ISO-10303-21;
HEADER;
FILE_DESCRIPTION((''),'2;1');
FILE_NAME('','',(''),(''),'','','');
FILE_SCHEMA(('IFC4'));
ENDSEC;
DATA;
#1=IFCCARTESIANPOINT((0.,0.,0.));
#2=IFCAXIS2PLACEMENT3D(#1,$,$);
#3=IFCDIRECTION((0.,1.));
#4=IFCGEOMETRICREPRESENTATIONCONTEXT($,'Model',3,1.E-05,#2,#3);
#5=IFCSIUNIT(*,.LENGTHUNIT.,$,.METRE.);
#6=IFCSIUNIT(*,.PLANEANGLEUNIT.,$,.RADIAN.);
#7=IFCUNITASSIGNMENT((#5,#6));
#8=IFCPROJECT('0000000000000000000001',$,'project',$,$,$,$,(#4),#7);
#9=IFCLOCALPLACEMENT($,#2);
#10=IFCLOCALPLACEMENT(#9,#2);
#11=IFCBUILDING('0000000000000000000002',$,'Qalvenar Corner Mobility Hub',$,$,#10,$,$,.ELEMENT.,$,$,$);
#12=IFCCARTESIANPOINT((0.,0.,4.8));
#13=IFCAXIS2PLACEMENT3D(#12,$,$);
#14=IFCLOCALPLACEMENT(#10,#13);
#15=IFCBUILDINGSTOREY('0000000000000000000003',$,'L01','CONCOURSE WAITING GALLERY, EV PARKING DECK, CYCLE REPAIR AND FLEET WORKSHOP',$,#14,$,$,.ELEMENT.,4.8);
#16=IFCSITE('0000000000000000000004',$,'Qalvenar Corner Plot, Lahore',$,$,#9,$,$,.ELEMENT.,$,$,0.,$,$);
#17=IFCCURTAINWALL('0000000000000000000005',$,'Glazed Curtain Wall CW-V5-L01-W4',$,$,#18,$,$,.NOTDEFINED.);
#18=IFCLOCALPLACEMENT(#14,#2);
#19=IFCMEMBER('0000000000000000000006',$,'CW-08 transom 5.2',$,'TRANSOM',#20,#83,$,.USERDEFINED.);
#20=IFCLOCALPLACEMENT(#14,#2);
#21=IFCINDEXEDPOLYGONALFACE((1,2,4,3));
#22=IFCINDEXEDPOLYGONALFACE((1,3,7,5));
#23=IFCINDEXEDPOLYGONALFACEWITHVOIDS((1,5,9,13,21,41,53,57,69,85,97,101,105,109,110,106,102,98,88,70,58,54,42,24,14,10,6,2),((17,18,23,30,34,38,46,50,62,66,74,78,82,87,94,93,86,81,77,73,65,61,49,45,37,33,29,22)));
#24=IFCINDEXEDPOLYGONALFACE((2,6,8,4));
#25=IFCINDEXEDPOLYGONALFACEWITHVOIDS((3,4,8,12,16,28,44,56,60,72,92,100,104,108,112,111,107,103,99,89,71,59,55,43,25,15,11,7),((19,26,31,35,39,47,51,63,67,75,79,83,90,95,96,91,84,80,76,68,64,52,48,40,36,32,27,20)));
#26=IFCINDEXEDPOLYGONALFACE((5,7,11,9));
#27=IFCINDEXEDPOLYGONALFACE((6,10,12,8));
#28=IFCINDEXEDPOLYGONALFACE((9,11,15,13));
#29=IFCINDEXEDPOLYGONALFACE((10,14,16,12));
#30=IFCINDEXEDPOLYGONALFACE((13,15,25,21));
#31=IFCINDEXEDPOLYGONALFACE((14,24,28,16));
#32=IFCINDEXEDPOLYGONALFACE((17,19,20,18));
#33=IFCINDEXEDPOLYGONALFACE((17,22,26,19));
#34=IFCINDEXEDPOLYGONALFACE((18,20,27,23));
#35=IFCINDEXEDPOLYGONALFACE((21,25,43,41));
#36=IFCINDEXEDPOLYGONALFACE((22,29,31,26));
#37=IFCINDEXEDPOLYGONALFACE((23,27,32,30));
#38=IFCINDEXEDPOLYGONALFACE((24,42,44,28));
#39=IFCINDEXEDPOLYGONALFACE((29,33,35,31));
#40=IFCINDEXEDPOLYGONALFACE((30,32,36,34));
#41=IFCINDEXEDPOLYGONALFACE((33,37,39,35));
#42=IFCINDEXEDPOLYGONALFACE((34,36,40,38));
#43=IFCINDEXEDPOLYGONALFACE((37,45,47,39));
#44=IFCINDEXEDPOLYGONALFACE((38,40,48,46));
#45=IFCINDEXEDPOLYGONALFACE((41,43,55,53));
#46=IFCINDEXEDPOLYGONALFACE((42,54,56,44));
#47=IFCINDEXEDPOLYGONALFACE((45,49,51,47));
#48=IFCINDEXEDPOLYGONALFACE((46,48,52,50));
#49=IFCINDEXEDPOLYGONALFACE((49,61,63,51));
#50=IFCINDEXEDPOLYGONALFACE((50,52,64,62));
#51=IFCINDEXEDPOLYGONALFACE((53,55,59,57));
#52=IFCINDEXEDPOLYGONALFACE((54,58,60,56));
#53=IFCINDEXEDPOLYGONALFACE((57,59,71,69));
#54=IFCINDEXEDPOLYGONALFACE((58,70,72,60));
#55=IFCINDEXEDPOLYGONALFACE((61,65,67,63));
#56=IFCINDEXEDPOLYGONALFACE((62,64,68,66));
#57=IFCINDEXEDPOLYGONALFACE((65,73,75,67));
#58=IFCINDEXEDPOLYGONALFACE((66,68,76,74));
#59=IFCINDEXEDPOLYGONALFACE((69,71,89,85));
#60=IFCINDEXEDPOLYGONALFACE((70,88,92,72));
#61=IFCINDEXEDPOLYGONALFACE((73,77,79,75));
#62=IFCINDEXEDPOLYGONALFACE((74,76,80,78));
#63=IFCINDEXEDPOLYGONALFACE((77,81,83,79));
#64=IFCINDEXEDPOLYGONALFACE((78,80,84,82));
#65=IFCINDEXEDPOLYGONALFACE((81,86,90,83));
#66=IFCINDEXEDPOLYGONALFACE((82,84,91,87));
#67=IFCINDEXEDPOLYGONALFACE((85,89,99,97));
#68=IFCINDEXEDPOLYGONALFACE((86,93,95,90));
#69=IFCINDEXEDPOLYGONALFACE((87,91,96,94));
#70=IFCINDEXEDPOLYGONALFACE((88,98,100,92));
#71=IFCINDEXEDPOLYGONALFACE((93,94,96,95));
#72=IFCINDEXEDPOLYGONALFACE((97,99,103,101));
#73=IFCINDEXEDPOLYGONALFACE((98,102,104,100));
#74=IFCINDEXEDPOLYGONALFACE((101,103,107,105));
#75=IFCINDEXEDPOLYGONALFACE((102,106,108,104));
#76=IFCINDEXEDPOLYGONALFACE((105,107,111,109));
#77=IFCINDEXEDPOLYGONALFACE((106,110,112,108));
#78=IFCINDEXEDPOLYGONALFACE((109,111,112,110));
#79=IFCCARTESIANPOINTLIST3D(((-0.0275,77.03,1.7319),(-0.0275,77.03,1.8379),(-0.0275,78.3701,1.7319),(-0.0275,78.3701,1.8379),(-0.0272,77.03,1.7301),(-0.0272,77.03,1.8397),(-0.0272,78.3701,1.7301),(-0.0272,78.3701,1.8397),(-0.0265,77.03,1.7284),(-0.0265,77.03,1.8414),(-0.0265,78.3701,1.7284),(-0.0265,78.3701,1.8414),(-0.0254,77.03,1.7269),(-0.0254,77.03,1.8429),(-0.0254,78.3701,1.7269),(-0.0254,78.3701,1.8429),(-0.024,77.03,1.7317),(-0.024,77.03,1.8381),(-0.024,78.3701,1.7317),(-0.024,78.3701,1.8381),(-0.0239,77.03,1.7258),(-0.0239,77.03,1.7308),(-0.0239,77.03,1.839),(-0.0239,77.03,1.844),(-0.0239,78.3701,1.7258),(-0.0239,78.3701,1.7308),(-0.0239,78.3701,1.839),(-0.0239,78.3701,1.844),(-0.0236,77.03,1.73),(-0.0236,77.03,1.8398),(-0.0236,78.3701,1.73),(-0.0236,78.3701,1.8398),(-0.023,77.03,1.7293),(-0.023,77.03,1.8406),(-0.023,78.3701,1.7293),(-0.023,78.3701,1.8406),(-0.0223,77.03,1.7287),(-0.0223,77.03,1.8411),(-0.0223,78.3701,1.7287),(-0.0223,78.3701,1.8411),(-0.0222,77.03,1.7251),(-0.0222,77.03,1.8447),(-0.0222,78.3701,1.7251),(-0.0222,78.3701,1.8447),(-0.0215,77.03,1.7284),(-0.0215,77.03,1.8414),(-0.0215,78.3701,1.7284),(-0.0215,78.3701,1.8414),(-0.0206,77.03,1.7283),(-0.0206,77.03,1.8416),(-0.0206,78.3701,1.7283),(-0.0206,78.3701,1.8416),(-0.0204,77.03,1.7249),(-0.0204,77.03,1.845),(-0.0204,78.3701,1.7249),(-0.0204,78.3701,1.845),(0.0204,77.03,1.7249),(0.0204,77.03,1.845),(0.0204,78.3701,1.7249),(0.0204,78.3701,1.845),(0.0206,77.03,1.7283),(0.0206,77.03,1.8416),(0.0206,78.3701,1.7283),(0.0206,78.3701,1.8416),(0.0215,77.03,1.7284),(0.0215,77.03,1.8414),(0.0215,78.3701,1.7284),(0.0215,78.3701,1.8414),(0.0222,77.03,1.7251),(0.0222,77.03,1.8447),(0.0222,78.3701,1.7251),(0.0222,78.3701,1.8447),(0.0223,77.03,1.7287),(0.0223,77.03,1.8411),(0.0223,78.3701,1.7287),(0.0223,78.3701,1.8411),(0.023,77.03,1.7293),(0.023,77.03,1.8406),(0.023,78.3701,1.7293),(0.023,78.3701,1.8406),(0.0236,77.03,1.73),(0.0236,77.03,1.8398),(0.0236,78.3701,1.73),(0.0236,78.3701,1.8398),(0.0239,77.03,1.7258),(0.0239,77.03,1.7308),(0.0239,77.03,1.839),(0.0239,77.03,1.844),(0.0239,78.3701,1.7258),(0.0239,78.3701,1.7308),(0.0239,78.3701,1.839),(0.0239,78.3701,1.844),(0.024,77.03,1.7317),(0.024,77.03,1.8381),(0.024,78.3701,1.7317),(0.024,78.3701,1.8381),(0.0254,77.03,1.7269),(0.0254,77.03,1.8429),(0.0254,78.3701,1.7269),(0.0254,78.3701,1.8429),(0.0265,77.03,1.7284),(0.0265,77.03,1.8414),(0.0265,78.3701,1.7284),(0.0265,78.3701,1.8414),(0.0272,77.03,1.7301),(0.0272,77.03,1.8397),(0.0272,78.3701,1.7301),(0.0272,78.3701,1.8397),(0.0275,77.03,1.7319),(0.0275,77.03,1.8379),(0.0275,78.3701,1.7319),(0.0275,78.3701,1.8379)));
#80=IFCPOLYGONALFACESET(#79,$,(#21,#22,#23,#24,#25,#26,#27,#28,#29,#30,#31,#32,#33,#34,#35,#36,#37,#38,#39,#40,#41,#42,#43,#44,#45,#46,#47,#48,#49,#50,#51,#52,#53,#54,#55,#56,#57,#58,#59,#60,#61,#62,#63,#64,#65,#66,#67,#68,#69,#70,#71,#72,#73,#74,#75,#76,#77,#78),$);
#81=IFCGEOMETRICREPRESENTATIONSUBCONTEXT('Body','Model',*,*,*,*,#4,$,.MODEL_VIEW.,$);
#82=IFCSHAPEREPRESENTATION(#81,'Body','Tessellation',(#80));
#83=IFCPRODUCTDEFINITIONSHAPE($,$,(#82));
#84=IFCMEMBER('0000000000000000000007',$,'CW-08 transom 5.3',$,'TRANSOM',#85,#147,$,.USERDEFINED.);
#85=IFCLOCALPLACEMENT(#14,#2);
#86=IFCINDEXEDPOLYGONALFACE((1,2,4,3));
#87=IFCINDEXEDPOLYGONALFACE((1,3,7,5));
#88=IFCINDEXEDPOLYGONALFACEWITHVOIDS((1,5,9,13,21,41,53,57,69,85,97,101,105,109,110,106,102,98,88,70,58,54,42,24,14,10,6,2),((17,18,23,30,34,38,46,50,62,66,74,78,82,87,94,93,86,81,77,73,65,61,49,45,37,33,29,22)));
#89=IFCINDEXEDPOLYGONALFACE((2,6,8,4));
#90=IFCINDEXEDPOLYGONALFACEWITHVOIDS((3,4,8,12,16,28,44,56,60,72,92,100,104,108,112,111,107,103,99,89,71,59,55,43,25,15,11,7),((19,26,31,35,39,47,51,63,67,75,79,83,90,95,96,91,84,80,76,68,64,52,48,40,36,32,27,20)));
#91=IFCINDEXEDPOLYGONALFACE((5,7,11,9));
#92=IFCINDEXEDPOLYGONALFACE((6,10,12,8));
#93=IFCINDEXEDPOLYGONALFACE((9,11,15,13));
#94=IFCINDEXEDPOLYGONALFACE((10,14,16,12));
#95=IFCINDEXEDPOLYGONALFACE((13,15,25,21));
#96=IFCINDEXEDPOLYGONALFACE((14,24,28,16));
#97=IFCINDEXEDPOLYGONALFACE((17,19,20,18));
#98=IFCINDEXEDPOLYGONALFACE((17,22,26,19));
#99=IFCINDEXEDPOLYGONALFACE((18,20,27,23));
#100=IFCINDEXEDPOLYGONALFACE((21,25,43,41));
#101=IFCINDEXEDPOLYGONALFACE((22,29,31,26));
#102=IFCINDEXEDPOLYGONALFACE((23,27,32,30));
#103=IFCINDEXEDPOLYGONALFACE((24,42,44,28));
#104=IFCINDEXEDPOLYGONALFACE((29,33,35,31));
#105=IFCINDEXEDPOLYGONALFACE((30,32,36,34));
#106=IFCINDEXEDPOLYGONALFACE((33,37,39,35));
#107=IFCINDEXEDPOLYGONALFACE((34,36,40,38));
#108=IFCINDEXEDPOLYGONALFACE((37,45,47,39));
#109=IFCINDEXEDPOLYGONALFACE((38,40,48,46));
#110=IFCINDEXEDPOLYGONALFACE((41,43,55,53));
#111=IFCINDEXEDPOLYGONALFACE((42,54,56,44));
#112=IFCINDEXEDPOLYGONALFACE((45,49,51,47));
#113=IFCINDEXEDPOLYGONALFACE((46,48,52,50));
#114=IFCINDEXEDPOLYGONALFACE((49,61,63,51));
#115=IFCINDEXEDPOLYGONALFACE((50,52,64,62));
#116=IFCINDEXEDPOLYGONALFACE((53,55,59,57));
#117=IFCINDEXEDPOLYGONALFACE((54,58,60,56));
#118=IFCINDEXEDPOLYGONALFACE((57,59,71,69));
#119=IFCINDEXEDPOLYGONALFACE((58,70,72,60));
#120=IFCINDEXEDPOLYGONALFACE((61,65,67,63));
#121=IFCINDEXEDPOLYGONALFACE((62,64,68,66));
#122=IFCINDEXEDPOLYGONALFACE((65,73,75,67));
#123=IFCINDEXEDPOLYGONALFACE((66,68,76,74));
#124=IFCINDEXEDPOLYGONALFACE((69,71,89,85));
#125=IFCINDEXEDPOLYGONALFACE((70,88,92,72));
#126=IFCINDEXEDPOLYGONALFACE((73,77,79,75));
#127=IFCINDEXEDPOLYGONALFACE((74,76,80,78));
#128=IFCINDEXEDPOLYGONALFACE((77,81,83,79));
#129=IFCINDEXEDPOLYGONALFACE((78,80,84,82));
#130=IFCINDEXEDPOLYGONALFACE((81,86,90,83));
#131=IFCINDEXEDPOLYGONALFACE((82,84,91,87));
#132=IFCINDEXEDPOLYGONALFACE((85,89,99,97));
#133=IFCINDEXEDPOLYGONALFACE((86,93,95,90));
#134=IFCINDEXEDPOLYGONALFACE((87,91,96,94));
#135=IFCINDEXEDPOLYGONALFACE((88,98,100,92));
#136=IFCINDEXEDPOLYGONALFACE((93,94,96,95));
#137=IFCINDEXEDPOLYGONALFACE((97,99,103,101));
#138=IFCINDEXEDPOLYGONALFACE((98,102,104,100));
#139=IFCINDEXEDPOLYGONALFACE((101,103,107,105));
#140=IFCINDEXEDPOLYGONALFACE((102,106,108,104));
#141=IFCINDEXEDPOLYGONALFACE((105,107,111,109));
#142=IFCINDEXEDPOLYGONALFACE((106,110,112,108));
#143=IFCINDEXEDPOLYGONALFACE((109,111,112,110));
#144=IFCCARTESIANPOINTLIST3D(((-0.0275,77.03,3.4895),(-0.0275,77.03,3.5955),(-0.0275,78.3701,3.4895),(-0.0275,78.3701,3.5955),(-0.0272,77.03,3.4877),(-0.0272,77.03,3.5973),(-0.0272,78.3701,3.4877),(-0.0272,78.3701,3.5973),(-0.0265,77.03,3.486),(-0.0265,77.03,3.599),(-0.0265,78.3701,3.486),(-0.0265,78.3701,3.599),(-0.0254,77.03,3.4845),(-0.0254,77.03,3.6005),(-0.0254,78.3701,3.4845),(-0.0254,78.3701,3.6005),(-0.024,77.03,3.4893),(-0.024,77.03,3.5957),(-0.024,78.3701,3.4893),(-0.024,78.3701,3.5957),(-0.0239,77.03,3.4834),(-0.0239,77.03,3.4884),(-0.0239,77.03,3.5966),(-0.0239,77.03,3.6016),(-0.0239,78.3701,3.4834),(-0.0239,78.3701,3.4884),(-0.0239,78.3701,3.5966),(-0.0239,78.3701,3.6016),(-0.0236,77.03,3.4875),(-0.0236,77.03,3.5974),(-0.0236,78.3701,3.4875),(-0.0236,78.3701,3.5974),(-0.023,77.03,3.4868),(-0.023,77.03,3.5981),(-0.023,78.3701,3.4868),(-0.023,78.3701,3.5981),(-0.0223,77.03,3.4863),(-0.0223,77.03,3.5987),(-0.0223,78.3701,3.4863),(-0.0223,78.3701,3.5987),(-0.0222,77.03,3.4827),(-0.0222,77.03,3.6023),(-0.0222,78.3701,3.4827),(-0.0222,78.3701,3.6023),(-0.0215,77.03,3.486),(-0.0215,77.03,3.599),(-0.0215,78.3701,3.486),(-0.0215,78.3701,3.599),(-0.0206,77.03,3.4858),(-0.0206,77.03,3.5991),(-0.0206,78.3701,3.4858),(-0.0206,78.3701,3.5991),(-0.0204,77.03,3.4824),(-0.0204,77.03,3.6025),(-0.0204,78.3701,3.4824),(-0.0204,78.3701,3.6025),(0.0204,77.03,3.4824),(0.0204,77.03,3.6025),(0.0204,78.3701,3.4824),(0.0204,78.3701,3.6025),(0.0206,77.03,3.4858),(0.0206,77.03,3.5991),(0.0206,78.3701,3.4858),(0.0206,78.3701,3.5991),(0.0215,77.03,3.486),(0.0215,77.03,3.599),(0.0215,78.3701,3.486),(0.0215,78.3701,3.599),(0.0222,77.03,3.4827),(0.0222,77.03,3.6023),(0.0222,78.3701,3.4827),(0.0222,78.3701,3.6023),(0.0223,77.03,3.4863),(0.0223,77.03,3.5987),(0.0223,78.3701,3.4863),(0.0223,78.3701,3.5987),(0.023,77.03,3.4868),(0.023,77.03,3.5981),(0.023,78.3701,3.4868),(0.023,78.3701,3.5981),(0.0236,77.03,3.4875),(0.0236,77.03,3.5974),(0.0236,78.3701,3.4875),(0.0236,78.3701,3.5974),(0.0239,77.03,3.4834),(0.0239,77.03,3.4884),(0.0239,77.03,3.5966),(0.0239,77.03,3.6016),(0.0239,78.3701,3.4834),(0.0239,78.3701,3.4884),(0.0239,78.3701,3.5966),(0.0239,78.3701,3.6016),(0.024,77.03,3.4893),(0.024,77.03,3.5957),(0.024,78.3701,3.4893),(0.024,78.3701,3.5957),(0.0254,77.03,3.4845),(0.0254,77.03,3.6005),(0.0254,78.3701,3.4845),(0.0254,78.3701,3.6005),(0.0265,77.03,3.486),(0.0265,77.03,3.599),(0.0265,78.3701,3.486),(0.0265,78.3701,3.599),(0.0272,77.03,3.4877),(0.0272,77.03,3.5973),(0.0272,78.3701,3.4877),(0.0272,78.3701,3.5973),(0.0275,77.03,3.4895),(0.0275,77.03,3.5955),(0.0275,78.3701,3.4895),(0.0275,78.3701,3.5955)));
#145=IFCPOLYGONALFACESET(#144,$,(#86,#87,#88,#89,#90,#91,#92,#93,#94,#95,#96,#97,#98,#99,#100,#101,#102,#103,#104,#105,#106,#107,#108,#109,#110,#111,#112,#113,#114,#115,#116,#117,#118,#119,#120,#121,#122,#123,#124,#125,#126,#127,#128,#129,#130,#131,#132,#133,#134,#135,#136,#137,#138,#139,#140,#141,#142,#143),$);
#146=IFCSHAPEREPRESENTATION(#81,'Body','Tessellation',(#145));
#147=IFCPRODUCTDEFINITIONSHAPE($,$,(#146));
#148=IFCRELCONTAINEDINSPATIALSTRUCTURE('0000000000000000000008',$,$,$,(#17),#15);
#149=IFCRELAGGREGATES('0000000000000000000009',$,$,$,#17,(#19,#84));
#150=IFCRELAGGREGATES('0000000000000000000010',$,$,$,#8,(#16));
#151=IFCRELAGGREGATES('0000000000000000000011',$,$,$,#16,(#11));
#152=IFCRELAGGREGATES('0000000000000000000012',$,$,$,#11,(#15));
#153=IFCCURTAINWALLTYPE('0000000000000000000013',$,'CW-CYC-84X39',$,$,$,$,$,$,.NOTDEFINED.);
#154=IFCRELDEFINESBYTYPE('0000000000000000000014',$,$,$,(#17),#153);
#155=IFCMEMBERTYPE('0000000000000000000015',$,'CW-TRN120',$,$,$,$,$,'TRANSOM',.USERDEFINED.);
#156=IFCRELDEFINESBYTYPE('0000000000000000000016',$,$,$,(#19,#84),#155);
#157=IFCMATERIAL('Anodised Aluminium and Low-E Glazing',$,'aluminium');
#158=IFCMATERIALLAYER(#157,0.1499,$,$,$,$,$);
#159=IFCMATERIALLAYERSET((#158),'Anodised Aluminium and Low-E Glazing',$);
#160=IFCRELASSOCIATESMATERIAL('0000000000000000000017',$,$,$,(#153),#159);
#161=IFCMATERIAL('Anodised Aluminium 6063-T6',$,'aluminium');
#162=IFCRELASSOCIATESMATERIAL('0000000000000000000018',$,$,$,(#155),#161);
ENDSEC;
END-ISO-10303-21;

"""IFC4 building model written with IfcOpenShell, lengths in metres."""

from ifc_helpers import new_model, si_unit, direction, frame, origin, origin_2d, place, context, subcontext, project, spatial, hollow_rectangle, extrude, material, layer, layer_set, material_profile, profile_set, type_object, element, aggregate, save


model = new_model("IFC4")

# Units and contexts
model_context = context("Model", 3, precision=1e-05, world=origin(), true_north=direction((0.0, 1.0)))
body_context = subcontext(model_context, "Body", "Model", "MODEL_VIEW")
ifc_project = project(units=[si_unit("LENGTHUNIT", "METRE"), si_unit("PLANEANGLEUNIT", "RADIAN")], contexts=[model_context])

# Site, building, storey
site_placement = place(None, origin())
site = spatial("IfcSite", under=ifc_project, at=site_placement, Name="Qalvenar Corner Plot, Lahore", CompositionType="ELEMENT", RefElevation=0.0)
building_placement = place(site_placement, origin())
building = spatial("IfcBuilding", under=site, at=building_placement, Name="Qalvenar Corner Mobility Hub", CompositionType="ELEMENT")
storey_placement = place(building_placement, frame((0.0, 0.0, 4.8)))
storey = spatial("IfcBuildingStorey", under=building, at=storey_placement, Name="L01", Description="CONCOURSE WAITING GALLERY, EV PARKING DECK, CYCLE REPAIR AND FLEET WORKSHOP", CompositionType="ELEMENT", Elevation=4.8)

# Curtain wall, members
ifc_material_1 = material(Name="Anodised Aluminium and Low-E Glazing", Category="aluminium")
ifc_layer_1 = layer(ifc_material_1, 0.1499)
ifc_layer_set_1 = layer_set([ifc_layer_1], Name="Anodised Aluminium and Low-E Glazing")
curtain_wall_type = type_object("IfcCurtainWallType", Name="CW-CYC-84X39", PredefinedType="NOTDEFINED", material=ifc_layer_set_1)
curtain_wall_placement = place(storey_placement, origin())
curtain_wall = element("IfcCurtainWall", 1, at=curtain_wall_placement, inside=storey, type_object=curtain_wall_type, Name="Glazed Curtain Wall CW-V5-L01-W4", PredefinedType="NOTDEFINED")
ifc_material_2 = material(Name="Anodised Aluminium 6063-T6", Category="aluminium")
ifc_material_profile_1 = material_profile(ifc_material_2, hollow_rectangle(XDim=0.0549, YDim=0.1201, WallThickness=0.0034, InnerFilletRadius=0.0034, OuterFilletRadius=0.0071, at=origin_2d()), Name="RHS120x55x3.5")
ifc_profile_set_1 = profile_set([ifc_material_profile_1], Name="Anodised Aluminium 6063-T6")
member_type_1 = type_object("IfcMemberType", Name="CW-TRN120", ElementType="TRANSOM", PredefinedType="USERDEFINED", material=ifc_profile_set_1)
member_1_placement = place(storey_placement, frame((0.0, 78.3701, 1.7849), z_axis=(0.0, -1.0, 0.0), x_axis=(1.0, 0.0, 0.0)))
member_1 = element("IfcMember", 2, at=member_1_placement, type_object=member_type_1, Name="CW-08 transom 5.2", ObjectType="TRANSOM", PredefinedType="USERDEFINED", context=body_context, shape_type="SweptSolid", body=[
    extrude(hollow_rectangle(XDim=0.0549, YDim=0.1201, WallThickness=0.0034, InnerFilletRadius=0.0034, OuterFilletRadius=0.0071, at=origin_2d()), origin(), (0.0, 0.0, 1.0), 1.3401),
])
member_2_placement = place(storey_placement, frame((0.0, 78.3701, 3.5425), z_axis=(0.0, -1.0, 0.0), x_axis=(1.0, 0.0, 0.0)))
member_2 = element("IfcMember", 3, at=member_2_placement, type_object=member_type_1, Name="CW-08 transom 5.3", ObjectType="TRANSOM", PredefinedType="USERDEFINED", context=body_context, shape_type="SweptSolid", body=[
    extrude(hollow_rectangle(XDim=0.0549, YDim=0.1201, WallThickness=0.0034, InnerFilletRadius=0.0034, OuterFilletRadius=0.0071, at=origin_2d()), origin(), (0.0, 0.0, 1.0), 1.3401),
])
aggregate(curtain_wall, [member_1, member_2])

save(model, "model.ifc")
